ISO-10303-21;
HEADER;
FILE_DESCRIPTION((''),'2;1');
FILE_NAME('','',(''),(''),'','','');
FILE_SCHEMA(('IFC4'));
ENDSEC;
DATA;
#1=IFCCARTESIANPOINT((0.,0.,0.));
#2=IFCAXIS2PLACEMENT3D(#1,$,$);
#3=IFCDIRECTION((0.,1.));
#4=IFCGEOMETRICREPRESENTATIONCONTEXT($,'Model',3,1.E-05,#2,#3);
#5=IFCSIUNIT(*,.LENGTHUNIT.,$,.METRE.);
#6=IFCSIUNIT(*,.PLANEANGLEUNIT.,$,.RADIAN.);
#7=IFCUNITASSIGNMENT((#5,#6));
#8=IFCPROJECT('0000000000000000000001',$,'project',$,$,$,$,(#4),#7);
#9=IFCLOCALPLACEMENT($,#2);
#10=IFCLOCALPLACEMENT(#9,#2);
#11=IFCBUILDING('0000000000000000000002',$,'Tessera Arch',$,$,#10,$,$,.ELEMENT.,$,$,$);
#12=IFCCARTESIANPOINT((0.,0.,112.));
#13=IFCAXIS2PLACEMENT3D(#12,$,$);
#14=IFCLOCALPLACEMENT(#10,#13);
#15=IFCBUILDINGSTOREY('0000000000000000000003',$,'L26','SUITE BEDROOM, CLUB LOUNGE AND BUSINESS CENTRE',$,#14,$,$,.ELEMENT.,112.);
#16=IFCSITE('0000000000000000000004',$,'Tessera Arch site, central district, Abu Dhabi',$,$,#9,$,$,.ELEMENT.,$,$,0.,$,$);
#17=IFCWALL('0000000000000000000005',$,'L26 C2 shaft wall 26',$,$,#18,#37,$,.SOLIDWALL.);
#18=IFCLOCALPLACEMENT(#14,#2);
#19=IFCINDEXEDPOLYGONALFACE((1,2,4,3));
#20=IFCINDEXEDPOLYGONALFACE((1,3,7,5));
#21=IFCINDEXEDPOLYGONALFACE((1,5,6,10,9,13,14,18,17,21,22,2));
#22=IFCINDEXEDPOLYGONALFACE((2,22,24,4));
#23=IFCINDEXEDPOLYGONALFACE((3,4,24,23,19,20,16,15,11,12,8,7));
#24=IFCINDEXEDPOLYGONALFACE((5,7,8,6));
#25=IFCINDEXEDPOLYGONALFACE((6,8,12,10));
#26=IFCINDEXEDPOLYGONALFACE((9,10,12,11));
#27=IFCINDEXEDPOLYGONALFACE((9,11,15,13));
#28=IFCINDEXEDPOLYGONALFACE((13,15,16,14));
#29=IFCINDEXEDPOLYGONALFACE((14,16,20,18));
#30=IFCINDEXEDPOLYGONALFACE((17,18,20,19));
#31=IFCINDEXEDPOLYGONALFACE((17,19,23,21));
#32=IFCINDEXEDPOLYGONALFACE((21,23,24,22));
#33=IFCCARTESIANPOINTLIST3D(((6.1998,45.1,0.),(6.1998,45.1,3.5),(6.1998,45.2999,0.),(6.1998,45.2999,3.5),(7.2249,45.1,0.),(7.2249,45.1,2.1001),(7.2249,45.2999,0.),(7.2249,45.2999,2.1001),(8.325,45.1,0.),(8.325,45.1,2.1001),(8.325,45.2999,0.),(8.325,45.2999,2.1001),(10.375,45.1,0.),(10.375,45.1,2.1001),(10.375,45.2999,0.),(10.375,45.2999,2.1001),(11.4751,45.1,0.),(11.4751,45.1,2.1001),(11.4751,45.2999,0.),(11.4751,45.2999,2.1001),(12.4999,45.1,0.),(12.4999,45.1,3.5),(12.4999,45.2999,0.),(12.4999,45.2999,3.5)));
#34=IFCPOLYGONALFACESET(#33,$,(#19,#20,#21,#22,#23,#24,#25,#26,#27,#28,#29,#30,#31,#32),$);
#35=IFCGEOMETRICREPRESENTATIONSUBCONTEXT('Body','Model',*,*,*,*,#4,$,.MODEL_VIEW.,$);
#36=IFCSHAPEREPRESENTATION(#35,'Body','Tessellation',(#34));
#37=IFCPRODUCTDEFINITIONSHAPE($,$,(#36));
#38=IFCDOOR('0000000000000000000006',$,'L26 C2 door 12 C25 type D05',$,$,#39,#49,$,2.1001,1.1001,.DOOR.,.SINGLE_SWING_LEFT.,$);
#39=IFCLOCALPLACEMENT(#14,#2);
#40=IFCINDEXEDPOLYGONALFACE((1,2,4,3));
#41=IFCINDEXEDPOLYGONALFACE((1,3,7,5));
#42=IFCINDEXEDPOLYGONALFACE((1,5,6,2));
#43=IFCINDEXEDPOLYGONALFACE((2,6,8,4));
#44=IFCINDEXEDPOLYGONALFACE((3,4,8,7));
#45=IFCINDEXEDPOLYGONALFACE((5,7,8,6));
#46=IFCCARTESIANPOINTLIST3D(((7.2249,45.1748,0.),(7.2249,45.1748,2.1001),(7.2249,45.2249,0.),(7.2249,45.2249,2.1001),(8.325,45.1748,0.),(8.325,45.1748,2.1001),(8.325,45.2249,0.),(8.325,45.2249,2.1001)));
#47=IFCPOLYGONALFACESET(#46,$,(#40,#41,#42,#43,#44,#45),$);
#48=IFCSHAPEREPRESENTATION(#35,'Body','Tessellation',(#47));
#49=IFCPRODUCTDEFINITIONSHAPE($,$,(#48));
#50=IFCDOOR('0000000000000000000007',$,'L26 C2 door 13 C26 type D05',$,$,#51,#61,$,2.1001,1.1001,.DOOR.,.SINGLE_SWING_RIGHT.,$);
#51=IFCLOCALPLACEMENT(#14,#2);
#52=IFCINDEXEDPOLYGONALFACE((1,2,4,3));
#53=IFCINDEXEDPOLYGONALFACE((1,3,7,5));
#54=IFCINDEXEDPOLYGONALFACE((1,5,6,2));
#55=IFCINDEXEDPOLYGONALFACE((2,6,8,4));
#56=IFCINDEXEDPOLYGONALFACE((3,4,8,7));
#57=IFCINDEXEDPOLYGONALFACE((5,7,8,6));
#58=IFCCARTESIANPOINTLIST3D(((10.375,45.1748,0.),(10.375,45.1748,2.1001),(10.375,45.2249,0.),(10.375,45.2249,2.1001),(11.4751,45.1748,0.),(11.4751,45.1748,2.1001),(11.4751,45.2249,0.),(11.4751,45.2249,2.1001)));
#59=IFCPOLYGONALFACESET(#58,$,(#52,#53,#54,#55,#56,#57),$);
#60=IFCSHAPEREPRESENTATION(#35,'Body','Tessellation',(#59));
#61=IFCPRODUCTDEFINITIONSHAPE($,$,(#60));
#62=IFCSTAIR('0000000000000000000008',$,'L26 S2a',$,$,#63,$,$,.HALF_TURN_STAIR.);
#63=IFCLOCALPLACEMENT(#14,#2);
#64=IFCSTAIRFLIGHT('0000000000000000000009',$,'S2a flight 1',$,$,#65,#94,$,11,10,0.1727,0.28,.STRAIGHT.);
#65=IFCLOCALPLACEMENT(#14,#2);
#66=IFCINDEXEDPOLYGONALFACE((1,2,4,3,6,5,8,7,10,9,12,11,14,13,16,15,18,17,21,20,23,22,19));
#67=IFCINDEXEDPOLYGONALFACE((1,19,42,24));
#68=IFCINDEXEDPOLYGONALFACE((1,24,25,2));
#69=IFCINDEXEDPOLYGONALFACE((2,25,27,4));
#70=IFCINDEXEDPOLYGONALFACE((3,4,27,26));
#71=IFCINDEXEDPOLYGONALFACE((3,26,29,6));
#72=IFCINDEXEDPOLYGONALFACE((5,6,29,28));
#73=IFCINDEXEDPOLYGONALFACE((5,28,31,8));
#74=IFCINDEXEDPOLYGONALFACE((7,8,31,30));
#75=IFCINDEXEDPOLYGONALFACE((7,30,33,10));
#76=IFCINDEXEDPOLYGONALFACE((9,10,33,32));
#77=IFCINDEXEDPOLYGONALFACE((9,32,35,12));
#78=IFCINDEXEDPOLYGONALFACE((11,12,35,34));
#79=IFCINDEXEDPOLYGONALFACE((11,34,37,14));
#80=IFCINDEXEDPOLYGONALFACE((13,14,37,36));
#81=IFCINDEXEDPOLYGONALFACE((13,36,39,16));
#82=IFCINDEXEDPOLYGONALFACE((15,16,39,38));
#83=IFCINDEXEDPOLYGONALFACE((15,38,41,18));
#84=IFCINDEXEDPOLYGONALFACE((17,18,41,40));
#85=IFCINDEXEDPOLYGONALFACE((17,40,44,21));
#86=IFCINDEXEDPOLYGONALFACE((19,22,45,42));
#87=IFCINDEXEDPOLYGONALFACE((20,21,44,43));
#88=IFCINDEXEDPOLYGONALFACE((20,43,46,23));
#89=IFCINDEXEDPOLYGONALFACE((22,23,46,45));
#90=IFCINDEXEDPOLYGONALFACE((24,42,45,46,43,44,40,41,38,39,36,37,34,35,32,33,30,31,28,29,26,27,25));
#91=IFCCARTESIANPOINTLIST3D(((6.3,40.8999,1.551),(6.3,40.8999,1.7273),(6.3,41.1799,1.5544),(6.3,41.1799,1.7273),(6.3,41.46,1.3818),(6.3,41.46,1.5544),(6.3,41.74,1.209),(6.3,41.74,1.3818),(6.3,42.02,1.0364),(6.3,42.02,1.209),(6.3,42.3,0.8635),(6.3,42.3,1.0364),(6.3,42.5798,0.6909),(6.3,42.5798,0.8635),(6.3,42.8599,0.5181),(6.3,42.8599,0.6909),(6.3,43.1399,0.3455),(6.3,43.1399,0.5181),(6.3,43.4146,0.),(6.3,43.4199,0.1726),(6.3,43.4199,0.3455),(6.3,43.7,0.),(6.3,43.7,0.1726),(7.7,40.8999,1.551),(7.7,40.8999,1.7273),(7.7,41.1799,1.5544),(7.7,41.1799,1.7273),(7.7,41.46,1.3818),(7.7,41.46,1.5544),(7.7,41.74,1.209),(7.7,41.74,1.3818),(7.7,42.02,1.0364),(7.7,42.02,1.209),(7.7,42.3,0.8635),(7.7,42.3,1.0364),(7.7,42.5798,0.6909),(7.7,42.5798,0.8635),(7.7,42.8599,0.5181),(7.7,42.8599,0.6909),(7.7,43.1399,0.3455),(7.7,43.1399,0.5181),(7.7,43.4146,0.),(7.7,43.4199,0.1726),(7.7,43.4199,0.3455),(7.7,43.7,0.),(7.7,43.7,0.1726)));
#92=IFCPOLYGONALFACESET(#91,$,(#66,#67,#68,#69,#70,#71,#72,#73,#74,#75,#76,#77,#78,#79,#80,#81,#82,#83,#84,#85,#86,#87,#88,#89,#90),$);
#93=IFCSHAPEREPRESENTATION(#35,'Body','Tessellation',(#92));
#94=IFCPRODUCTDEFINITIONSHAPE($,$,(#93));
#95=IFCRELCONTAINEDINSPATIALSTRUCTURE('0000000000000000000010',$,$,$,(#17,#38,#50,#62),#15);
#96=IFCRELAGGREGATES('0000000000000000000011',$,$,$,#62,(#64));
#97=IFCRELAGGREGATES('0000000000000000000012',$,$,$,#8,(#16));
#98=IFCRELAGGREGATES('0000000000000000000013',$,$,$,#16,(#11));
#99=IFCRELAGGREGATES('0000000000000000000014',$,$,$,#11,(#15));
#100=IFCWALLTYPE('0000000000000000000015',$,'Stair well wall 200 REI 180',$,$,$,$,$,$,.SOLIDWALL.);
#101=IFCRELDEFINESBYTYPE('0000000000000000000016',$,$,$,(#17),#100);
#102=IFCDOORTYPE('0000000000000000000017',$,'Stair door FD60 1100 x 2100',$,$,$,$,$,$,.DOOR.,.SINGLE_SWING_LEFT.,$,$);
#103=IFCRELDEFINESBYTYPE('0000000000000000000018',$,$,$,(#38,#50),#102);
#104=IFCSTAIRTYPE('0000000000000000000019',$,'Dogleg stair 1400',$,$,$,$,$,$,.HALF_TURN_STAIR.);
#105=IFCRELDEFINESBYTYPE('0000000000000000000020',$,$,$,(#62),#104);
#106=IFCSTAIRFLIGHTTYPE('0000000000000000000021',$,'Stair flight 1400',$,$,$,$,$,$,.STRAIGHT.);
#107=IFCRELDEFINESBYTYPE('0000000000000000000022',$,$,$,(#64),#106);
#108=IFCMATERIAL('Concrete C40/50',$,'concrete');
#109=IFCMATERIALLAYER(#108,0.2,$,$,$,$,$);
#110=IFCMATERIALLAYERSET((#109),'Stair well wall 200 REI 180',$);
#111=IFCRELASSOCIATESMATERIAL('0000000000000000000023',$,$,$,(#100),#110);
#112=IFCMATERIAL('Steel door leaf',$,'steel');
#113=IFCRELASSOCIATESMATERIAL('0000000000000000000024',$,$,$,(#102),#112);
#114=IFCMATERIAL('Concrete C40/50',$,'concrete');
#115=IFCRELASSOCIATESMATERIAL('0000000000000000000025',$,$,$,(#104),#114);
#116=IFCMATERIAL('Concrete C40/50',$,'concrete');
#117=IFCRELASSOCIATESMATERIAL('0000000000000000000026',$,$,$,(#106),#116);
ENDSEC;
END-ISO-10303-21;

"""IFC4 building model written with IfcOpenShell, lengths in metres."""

from ifc_helpers import new_model, si_unit, direction, frame, frame_2d, origin, place, context, subcontext, project, spatial, polyline, rectangle, outline, extrude, material, layer, layer_set, type_object, element, fill, aggregate, save


model = new_model("IFC4")

# Units and contexts
model_context = context("Model", 3, precision=1e-05, world=origin(), true_north=direction((0.0, 1.0)))
body_context = subcontext(model_context, "Body", "Model", "MODEL_VIEW")
ifc_project = project(units=[si_unit("LENGTHUNIT", "METRE"), si_unit("PLANEANGLEUNIT", "RADIAN")], contexts=[model_context])

# Site, building, storey
site_placement = place(None, origin())
site = spatial("IfcSite", under=ifc_project, at=site_placement, Name="Tessera Arch site, central district, Abu Dhabi", CompositionType="ELEMENT", RefElevation=0.0)
building_placement = place(site_placement, origin())
building = spatial("IfcBuilding", under=site, at=building_placement, Name="Tessera Arch", CompositionType="ELEMENT")
storey_placement = place(building_placement, frame((0.0, 0.0, 112.0)))
storey = spatial("IfcBuildingStorey", under=building, at=storey_placement, Name="L26", Description="SUITE BEDROOM, CLUB LOUNGE AND BUSINESS CENTRE", CompositionType="ELEMENT", Elevation=112.0)

# Wall, openings, doors
ifc_material_1 = material(Name="Concrete C40/50", Category="concrete")
ifc_layer_1 = layer(ifc_material_1, 0.2)
ifc_layer_set_1 = layer_set([ifc_layer_1], Name="Stair well wall 200 REI 180")
wall_type_1 = type_object("IfcWallType", Name="Stair well wall 200 REI 180", PredefinedType="SOLIDWALL", material=ifc_layer_set_1)
wall_1_placement = place(storey_placement, frame((6.2, 45.2, 0.0), z_axis=(0.0, 0.0, 1.0), x_axis=(1.0, 0.0, 0.0)))
wall_1 = element("IfcWall", 1, at=wall_1_placement, inside=storey, type_object=wall_type_1, Name="L26 C2 shaft wall 26", PredefinedType="SOLIDWALL", context=body_context, shape_type="SweptSolid", body=[
    extrude(rectangle(XDim=6.3, YDim=0.2, at=frame_2d((3.1499, 0.0))), origin(), (0.0, 0.0, 1.0), 3.5),
])
opening_1_placement = place(wall_1_placement, frame((1.0249, 0.0, 0.0)))
opening_1 = element("IfcOpeningElement", 2, at=opening_1_placement, cuts=wall_1, PredefinedType="OPENING", context=body_context, shape_type="SweptSolid", body=[
    extrude(rectangle(XDim=1.1001, YDim=2.1001, at=frame_2d((0.55, 1.05))), frame((0.0, 0.1099, 0.0), z_axis=(0.0, -1.0, 0.0), x_axis=(1.0, 0.0, 0.0)), (0.0, 0.0, 1.0), 0.22),
])
opening_2_placement = place(wall_1_placement, frame((4.175, 0.0, 0.0)))
opening_2 = element("IfcOpeningElement", 3, at=opening_2_placement, cuts=wall_1, PredefinedType="OPENING", context=body_context, shape_type="SweptSolid", body=[
    extrude(rectangle(XDim=1.1001, YDim=2.1001, at=frame_2d((0.55, 1.05))), frame((0.0, 0.1099, 0.0), z_axis=(0.0, -1.0, 0.0), x_axis=(1.0, 0.0, 0.0)), (0.0, 0.0, 1.0), 0.22),
])
ifc_material_2 = material(Name="Steel door leaf", Category="steel")
door_type_1 = type_object("IfcDoorType", Name="Stair door FD60 1100 x 2100", OperationType="SINGLE_SWING_LEFT", PredefinedType="DOOR", material=ifc_material_2)
door_1_placement = place(opening_1_placement, origin())
door_1 = element("IfcDoor", 4, at=door_1_placement, inside=storey, type_object=door_type_1, Name="L26 C2 door 12 C25 type D05", OperationType="SINGLE_SWING_LEFT", OverallHeight=2.1001, OverallWidth=1.1001, PredefinedType="DOOR", context=body_context, shape_type="SweptSolid", body=[
    extrude(rectangle(XDim=1.1001, YDim=2.1001, at=frame_2d((0.55, 1.05))), frame((0.0, 0.0249, 0.0), z_axis=(0.0, -1.0, 0.0), x_axis=(1.0, 0.0, 0.0)), (0.0, 0.0, 1.0), 0.05),
])
fill(opening_1, door_1)
door_2_placement = place(opening_2_placement, origin())
door_2 = element("IfcDoor", 5, at=door_2_placement, inside=storey, type_object=door_type_1, Name="L26 C2 door 13 C26 type D05", OperationType="SINGLE_SWING_RIGHT", OverallHeight=2.1001, OverallWidth=1.1001, PredefinedType="DOOR", context=body_context, shape_type="SweptSolid", body=[
    extrude(rectangle(XDim=1.1001, YDim=2.1001, at=frame_2d((0.55, 1.05))), frame((0.0, 0.0249, 0.0), z_axis=(0.0, -1.0, 0.0), x_axis=(1.0, 0.0, 0.0)), (0.0, 0.0, 1.0), 0.05),
])
fill(opening_2, door_2)

# Stair, stair flight
ifc_material_3 = material(Name="Concrete C40/50", Category="concrete")
stair_type = type_object("IfcStairType", Name="Dogleg stair 1400", PredefinedType="HALF_TURN_STAIR", material=ifc_material_3)
stair_placement = place(storey_placement, origin())
stair = element("IfcStair", 6, at=stair_placement, inside=storey, type_object=stair_type, Name="L26 S2a", PredefinedType="HALF_TURN_STAIR")
ifc_material_4 = material(Name="Concrete C40/50", Category="concrete")
stair_flight_type = type_object("IfcStairFlightType", Name="Stair flight 1400", PredefinedType="STRAIGHT", material=ifc_material_4)
stair_flight_placement = place(storey_placement, frame((7.0, 43.7, 0.0), z_axis=(0.0, 0.0, 1.0), x_axis=(0.0, -1.0, 0.0)))
stair_flight = element("IfcStairFlight", 7, at=stair_flight_placement, type_object=stair_flight_type, Name="S2a flight 1", NumberOfRisers=11, NumberOfTreads=10, PredefinedType="STRAIGHT", RiserHeight=0.1727, TreadLength=0.28, context=body_context, shape_type="SweptSolid", body=[
    extrude(outline(polyline([(0.0, 0.0), (0.0, 0.1726), (0.28, 0.1726), (0.28, 0.3455), (0.5601, 0.3455), (0.5601, 0.5181), (0.8401, 0.5181), (0.8401, 0.6909), (1.1201, 0.6909), (1.1201, 0.8635), (1.3999, 0.8635), (1.3999, 1.0364), (1.6799, 1.0364), (1.6799, 1.209), (1.96, 1.209), (1.96, 1.3818), (2.24, 1.3818), (2.24, 1.5544), (2.52, 1.5544), (2.52, 1.7273), (2.8, 1.7273), (2.8, 1.8999), (2.8, 1.551), (0.2854, 0.0), (0.0, 0.0)])), frame((0.0, 0.7, 0.0), z_axis=(0.0, -1.0, 0.0), x_axis=(1.0, 0.0, 0.0)), (0.0, 0.0, 1.0), 1.3999),
])
aggregate(stair, [stair_flight])

save(model, "model.ifc")
